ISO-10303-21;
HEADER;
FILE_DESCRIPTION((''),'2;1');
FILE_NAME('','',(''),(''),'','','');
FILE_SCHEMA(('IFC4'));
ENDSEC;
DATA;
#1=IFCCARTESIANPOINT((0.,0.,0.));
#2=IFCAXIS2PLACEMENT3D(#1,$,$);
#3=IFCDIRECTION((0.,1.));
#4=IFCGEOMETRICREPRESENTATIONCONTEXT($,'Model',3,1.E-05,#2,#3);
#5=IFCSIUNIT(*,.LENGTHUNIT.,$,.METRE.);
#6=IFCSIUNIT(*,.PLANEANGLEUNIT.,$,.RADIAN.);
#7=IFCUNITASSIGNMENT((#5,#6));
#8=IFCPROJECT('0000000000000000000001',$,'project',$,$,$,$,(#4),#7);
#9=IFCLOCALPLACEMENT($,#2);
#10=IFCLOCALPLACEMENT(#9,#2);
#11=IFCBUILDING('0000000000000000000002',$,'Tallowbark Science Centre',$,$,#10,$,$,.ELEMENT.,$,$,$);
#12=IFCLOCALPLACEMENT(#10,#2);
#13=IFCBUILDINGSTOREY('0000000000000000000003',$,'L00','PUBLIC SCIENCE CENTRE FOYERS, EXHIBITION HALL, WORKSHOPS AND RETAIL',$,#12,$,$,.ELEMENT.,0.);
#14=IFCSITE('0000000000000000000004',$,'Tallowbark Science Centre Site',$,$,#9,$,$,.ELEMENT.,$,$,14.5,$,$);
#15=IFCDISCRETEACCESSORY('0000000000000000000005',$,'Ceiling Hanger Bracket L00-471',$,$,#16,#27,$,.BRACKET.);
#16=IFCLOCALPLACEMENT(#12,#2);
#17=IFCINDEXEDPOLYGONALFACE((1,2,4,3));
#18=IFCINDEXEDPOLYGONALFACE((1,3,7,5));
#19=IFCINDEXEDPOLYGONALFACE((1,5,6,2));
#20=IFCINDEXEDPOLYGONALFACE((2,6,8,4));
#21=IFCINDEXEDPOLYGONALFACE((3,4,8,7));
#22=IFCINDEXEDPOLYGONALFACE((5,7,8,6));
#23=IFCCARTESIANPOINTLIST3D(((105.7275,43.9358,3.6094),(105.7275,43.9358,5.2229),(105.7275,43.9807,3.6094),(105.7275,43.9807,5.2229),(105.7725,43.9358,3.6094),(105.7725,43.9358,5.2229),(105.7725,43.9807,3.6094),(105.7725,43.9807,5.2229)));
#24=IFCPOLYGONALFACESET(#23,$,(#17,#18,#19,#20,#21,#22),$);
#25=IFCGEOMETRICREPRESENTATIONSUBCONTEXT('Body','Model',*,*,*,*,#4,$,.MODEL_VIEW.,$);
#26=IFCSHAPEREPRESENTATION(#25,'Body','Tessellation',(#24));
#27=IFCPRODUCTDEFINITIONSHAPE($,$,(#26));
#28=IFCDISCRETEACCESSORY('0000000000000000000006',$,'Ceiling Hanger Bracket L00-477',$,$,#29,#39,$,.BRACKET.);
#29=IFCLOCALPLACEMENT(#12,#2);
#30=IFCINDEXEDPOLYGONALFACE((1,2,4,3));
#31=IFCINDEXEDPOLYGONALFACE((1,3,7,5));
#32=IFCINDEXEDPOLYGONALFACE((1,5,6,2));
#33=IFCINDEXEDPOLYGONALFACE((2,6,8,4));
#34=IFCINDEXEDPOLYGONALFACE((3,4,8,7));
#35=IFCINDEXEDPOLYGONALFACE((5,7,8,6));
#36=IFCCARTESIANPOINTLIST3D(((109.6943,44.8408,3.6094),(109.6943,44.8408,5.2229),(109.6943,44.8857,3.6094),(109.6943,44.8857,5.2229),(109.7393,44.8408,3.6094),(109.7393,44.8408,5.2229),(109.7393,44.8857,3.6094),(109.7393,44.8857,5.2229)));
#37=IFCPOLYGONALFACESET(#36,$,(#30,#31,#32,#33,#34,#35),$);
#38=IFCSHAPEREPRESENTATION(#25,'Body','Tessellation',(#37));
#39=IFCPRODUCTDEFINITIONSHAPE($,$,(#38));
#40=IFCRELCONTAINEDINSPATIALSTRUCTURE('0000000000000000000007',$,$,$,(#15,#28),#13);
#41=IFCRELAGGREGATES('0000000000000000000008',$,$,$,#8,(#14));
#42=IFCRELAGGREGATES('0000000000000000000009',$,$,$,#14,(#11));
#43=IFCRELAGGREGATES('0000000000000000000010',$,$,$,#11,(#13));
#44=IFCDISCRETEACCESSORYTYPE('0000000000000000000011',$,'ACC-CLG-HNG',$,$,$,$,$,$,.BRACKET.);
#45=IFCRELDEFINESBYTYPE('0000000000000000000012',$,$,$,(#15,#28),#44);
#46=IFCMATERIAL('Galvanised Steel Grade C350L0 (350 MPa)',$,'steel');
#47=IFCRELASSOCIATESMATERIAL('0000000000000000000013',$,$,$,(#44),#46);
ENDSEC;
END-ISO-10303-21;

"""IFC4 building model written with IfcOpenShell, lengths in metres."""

from ifc_helpers import new_model, si_unit, direction, frame, origin, origin_2d, place, context, subcontext, project, spatial, rectangle, extrude, material, type_object, element, save


model = new_model("IFC4")

# Units and contexts
model_context = context("Model", 3, precision=1e-05, world=origin(), true_north=direction((0.0, 1.0)))
body_context = subcontext(model_context, "Body", "Model", "MODEL_VIEW")
ifc_project = project(units=[si_unit("LENGTHUNIT", "METRE"), si_unit("PLANEANGLEUNIT", "RADIAN")], contexts=[model_context])

# Site, building, storey
site_placement = place(None, origin())
site = spatial("IfcSite", under=ifc_project, at=site_placement, Name="Tallowbark Science Centre Site", CompositionType="ELEMENT", RefElevation=14.5)
building_placement = place(site_placement, origin())
building = spatial("IfcBuilding", under=site, at=building_placement, Name="Tallowbark Science Centre", CompositionType="ELEMENT")
storey_placement = place(building_placement, origin())
storey = spatial("IfcBuildingStorey", under=building, at=storey_placement, Name="L00", Description="PUBLIC SCIENCE CENTRE FOYERS, EXHIBITION HALL, WORKSHOPS AND RETAIL", CompositionType="ELEMENT", Elevation=0.0)

# Discrete accessories
ifc_material_1 = material(Name="Galvanised Steel Grade C350L0 (350 MPa)", Category="steel")
discrete_accessory_type = type_object("IfcDiscreteAccessoryType", Name="ACC-CLG-HNG", PredefinedType="BRACKET", material=ifc_material_1)
for number, where, z_axis, x_axis, name in (
    (1, (105.75, 43.9583, 3.6094), (0.0, 0.0, 1.0), (1.0, 0.0, 0.0), "Ceiling Hanger Bracket L00-471"),
    (2, (109.7168, 44.8633, 3.6094), (0.0, 0.0, 1.0), (1.0, 0.0, 0.0), "Ceiling Hanger Bracket L00-477"),
):
    element("IfcDiscreteAccessory", number, at=place(storey_placement, frame(where, z_axis=z_axis, x_axis=x_axis)), inside=storey, type_object=discrete_accessory_type, Name=name, PredefinedType="BRACKET", context=body_context, shape_type="SweptSolid", body=[
        extrude(rectangle(XDim=0.0449, YDim=0.0449, at=origin_2d()), origin(), (0.0, 0.0, 1.0), 1.6135),
    ])

save(model, "model.ifc")
